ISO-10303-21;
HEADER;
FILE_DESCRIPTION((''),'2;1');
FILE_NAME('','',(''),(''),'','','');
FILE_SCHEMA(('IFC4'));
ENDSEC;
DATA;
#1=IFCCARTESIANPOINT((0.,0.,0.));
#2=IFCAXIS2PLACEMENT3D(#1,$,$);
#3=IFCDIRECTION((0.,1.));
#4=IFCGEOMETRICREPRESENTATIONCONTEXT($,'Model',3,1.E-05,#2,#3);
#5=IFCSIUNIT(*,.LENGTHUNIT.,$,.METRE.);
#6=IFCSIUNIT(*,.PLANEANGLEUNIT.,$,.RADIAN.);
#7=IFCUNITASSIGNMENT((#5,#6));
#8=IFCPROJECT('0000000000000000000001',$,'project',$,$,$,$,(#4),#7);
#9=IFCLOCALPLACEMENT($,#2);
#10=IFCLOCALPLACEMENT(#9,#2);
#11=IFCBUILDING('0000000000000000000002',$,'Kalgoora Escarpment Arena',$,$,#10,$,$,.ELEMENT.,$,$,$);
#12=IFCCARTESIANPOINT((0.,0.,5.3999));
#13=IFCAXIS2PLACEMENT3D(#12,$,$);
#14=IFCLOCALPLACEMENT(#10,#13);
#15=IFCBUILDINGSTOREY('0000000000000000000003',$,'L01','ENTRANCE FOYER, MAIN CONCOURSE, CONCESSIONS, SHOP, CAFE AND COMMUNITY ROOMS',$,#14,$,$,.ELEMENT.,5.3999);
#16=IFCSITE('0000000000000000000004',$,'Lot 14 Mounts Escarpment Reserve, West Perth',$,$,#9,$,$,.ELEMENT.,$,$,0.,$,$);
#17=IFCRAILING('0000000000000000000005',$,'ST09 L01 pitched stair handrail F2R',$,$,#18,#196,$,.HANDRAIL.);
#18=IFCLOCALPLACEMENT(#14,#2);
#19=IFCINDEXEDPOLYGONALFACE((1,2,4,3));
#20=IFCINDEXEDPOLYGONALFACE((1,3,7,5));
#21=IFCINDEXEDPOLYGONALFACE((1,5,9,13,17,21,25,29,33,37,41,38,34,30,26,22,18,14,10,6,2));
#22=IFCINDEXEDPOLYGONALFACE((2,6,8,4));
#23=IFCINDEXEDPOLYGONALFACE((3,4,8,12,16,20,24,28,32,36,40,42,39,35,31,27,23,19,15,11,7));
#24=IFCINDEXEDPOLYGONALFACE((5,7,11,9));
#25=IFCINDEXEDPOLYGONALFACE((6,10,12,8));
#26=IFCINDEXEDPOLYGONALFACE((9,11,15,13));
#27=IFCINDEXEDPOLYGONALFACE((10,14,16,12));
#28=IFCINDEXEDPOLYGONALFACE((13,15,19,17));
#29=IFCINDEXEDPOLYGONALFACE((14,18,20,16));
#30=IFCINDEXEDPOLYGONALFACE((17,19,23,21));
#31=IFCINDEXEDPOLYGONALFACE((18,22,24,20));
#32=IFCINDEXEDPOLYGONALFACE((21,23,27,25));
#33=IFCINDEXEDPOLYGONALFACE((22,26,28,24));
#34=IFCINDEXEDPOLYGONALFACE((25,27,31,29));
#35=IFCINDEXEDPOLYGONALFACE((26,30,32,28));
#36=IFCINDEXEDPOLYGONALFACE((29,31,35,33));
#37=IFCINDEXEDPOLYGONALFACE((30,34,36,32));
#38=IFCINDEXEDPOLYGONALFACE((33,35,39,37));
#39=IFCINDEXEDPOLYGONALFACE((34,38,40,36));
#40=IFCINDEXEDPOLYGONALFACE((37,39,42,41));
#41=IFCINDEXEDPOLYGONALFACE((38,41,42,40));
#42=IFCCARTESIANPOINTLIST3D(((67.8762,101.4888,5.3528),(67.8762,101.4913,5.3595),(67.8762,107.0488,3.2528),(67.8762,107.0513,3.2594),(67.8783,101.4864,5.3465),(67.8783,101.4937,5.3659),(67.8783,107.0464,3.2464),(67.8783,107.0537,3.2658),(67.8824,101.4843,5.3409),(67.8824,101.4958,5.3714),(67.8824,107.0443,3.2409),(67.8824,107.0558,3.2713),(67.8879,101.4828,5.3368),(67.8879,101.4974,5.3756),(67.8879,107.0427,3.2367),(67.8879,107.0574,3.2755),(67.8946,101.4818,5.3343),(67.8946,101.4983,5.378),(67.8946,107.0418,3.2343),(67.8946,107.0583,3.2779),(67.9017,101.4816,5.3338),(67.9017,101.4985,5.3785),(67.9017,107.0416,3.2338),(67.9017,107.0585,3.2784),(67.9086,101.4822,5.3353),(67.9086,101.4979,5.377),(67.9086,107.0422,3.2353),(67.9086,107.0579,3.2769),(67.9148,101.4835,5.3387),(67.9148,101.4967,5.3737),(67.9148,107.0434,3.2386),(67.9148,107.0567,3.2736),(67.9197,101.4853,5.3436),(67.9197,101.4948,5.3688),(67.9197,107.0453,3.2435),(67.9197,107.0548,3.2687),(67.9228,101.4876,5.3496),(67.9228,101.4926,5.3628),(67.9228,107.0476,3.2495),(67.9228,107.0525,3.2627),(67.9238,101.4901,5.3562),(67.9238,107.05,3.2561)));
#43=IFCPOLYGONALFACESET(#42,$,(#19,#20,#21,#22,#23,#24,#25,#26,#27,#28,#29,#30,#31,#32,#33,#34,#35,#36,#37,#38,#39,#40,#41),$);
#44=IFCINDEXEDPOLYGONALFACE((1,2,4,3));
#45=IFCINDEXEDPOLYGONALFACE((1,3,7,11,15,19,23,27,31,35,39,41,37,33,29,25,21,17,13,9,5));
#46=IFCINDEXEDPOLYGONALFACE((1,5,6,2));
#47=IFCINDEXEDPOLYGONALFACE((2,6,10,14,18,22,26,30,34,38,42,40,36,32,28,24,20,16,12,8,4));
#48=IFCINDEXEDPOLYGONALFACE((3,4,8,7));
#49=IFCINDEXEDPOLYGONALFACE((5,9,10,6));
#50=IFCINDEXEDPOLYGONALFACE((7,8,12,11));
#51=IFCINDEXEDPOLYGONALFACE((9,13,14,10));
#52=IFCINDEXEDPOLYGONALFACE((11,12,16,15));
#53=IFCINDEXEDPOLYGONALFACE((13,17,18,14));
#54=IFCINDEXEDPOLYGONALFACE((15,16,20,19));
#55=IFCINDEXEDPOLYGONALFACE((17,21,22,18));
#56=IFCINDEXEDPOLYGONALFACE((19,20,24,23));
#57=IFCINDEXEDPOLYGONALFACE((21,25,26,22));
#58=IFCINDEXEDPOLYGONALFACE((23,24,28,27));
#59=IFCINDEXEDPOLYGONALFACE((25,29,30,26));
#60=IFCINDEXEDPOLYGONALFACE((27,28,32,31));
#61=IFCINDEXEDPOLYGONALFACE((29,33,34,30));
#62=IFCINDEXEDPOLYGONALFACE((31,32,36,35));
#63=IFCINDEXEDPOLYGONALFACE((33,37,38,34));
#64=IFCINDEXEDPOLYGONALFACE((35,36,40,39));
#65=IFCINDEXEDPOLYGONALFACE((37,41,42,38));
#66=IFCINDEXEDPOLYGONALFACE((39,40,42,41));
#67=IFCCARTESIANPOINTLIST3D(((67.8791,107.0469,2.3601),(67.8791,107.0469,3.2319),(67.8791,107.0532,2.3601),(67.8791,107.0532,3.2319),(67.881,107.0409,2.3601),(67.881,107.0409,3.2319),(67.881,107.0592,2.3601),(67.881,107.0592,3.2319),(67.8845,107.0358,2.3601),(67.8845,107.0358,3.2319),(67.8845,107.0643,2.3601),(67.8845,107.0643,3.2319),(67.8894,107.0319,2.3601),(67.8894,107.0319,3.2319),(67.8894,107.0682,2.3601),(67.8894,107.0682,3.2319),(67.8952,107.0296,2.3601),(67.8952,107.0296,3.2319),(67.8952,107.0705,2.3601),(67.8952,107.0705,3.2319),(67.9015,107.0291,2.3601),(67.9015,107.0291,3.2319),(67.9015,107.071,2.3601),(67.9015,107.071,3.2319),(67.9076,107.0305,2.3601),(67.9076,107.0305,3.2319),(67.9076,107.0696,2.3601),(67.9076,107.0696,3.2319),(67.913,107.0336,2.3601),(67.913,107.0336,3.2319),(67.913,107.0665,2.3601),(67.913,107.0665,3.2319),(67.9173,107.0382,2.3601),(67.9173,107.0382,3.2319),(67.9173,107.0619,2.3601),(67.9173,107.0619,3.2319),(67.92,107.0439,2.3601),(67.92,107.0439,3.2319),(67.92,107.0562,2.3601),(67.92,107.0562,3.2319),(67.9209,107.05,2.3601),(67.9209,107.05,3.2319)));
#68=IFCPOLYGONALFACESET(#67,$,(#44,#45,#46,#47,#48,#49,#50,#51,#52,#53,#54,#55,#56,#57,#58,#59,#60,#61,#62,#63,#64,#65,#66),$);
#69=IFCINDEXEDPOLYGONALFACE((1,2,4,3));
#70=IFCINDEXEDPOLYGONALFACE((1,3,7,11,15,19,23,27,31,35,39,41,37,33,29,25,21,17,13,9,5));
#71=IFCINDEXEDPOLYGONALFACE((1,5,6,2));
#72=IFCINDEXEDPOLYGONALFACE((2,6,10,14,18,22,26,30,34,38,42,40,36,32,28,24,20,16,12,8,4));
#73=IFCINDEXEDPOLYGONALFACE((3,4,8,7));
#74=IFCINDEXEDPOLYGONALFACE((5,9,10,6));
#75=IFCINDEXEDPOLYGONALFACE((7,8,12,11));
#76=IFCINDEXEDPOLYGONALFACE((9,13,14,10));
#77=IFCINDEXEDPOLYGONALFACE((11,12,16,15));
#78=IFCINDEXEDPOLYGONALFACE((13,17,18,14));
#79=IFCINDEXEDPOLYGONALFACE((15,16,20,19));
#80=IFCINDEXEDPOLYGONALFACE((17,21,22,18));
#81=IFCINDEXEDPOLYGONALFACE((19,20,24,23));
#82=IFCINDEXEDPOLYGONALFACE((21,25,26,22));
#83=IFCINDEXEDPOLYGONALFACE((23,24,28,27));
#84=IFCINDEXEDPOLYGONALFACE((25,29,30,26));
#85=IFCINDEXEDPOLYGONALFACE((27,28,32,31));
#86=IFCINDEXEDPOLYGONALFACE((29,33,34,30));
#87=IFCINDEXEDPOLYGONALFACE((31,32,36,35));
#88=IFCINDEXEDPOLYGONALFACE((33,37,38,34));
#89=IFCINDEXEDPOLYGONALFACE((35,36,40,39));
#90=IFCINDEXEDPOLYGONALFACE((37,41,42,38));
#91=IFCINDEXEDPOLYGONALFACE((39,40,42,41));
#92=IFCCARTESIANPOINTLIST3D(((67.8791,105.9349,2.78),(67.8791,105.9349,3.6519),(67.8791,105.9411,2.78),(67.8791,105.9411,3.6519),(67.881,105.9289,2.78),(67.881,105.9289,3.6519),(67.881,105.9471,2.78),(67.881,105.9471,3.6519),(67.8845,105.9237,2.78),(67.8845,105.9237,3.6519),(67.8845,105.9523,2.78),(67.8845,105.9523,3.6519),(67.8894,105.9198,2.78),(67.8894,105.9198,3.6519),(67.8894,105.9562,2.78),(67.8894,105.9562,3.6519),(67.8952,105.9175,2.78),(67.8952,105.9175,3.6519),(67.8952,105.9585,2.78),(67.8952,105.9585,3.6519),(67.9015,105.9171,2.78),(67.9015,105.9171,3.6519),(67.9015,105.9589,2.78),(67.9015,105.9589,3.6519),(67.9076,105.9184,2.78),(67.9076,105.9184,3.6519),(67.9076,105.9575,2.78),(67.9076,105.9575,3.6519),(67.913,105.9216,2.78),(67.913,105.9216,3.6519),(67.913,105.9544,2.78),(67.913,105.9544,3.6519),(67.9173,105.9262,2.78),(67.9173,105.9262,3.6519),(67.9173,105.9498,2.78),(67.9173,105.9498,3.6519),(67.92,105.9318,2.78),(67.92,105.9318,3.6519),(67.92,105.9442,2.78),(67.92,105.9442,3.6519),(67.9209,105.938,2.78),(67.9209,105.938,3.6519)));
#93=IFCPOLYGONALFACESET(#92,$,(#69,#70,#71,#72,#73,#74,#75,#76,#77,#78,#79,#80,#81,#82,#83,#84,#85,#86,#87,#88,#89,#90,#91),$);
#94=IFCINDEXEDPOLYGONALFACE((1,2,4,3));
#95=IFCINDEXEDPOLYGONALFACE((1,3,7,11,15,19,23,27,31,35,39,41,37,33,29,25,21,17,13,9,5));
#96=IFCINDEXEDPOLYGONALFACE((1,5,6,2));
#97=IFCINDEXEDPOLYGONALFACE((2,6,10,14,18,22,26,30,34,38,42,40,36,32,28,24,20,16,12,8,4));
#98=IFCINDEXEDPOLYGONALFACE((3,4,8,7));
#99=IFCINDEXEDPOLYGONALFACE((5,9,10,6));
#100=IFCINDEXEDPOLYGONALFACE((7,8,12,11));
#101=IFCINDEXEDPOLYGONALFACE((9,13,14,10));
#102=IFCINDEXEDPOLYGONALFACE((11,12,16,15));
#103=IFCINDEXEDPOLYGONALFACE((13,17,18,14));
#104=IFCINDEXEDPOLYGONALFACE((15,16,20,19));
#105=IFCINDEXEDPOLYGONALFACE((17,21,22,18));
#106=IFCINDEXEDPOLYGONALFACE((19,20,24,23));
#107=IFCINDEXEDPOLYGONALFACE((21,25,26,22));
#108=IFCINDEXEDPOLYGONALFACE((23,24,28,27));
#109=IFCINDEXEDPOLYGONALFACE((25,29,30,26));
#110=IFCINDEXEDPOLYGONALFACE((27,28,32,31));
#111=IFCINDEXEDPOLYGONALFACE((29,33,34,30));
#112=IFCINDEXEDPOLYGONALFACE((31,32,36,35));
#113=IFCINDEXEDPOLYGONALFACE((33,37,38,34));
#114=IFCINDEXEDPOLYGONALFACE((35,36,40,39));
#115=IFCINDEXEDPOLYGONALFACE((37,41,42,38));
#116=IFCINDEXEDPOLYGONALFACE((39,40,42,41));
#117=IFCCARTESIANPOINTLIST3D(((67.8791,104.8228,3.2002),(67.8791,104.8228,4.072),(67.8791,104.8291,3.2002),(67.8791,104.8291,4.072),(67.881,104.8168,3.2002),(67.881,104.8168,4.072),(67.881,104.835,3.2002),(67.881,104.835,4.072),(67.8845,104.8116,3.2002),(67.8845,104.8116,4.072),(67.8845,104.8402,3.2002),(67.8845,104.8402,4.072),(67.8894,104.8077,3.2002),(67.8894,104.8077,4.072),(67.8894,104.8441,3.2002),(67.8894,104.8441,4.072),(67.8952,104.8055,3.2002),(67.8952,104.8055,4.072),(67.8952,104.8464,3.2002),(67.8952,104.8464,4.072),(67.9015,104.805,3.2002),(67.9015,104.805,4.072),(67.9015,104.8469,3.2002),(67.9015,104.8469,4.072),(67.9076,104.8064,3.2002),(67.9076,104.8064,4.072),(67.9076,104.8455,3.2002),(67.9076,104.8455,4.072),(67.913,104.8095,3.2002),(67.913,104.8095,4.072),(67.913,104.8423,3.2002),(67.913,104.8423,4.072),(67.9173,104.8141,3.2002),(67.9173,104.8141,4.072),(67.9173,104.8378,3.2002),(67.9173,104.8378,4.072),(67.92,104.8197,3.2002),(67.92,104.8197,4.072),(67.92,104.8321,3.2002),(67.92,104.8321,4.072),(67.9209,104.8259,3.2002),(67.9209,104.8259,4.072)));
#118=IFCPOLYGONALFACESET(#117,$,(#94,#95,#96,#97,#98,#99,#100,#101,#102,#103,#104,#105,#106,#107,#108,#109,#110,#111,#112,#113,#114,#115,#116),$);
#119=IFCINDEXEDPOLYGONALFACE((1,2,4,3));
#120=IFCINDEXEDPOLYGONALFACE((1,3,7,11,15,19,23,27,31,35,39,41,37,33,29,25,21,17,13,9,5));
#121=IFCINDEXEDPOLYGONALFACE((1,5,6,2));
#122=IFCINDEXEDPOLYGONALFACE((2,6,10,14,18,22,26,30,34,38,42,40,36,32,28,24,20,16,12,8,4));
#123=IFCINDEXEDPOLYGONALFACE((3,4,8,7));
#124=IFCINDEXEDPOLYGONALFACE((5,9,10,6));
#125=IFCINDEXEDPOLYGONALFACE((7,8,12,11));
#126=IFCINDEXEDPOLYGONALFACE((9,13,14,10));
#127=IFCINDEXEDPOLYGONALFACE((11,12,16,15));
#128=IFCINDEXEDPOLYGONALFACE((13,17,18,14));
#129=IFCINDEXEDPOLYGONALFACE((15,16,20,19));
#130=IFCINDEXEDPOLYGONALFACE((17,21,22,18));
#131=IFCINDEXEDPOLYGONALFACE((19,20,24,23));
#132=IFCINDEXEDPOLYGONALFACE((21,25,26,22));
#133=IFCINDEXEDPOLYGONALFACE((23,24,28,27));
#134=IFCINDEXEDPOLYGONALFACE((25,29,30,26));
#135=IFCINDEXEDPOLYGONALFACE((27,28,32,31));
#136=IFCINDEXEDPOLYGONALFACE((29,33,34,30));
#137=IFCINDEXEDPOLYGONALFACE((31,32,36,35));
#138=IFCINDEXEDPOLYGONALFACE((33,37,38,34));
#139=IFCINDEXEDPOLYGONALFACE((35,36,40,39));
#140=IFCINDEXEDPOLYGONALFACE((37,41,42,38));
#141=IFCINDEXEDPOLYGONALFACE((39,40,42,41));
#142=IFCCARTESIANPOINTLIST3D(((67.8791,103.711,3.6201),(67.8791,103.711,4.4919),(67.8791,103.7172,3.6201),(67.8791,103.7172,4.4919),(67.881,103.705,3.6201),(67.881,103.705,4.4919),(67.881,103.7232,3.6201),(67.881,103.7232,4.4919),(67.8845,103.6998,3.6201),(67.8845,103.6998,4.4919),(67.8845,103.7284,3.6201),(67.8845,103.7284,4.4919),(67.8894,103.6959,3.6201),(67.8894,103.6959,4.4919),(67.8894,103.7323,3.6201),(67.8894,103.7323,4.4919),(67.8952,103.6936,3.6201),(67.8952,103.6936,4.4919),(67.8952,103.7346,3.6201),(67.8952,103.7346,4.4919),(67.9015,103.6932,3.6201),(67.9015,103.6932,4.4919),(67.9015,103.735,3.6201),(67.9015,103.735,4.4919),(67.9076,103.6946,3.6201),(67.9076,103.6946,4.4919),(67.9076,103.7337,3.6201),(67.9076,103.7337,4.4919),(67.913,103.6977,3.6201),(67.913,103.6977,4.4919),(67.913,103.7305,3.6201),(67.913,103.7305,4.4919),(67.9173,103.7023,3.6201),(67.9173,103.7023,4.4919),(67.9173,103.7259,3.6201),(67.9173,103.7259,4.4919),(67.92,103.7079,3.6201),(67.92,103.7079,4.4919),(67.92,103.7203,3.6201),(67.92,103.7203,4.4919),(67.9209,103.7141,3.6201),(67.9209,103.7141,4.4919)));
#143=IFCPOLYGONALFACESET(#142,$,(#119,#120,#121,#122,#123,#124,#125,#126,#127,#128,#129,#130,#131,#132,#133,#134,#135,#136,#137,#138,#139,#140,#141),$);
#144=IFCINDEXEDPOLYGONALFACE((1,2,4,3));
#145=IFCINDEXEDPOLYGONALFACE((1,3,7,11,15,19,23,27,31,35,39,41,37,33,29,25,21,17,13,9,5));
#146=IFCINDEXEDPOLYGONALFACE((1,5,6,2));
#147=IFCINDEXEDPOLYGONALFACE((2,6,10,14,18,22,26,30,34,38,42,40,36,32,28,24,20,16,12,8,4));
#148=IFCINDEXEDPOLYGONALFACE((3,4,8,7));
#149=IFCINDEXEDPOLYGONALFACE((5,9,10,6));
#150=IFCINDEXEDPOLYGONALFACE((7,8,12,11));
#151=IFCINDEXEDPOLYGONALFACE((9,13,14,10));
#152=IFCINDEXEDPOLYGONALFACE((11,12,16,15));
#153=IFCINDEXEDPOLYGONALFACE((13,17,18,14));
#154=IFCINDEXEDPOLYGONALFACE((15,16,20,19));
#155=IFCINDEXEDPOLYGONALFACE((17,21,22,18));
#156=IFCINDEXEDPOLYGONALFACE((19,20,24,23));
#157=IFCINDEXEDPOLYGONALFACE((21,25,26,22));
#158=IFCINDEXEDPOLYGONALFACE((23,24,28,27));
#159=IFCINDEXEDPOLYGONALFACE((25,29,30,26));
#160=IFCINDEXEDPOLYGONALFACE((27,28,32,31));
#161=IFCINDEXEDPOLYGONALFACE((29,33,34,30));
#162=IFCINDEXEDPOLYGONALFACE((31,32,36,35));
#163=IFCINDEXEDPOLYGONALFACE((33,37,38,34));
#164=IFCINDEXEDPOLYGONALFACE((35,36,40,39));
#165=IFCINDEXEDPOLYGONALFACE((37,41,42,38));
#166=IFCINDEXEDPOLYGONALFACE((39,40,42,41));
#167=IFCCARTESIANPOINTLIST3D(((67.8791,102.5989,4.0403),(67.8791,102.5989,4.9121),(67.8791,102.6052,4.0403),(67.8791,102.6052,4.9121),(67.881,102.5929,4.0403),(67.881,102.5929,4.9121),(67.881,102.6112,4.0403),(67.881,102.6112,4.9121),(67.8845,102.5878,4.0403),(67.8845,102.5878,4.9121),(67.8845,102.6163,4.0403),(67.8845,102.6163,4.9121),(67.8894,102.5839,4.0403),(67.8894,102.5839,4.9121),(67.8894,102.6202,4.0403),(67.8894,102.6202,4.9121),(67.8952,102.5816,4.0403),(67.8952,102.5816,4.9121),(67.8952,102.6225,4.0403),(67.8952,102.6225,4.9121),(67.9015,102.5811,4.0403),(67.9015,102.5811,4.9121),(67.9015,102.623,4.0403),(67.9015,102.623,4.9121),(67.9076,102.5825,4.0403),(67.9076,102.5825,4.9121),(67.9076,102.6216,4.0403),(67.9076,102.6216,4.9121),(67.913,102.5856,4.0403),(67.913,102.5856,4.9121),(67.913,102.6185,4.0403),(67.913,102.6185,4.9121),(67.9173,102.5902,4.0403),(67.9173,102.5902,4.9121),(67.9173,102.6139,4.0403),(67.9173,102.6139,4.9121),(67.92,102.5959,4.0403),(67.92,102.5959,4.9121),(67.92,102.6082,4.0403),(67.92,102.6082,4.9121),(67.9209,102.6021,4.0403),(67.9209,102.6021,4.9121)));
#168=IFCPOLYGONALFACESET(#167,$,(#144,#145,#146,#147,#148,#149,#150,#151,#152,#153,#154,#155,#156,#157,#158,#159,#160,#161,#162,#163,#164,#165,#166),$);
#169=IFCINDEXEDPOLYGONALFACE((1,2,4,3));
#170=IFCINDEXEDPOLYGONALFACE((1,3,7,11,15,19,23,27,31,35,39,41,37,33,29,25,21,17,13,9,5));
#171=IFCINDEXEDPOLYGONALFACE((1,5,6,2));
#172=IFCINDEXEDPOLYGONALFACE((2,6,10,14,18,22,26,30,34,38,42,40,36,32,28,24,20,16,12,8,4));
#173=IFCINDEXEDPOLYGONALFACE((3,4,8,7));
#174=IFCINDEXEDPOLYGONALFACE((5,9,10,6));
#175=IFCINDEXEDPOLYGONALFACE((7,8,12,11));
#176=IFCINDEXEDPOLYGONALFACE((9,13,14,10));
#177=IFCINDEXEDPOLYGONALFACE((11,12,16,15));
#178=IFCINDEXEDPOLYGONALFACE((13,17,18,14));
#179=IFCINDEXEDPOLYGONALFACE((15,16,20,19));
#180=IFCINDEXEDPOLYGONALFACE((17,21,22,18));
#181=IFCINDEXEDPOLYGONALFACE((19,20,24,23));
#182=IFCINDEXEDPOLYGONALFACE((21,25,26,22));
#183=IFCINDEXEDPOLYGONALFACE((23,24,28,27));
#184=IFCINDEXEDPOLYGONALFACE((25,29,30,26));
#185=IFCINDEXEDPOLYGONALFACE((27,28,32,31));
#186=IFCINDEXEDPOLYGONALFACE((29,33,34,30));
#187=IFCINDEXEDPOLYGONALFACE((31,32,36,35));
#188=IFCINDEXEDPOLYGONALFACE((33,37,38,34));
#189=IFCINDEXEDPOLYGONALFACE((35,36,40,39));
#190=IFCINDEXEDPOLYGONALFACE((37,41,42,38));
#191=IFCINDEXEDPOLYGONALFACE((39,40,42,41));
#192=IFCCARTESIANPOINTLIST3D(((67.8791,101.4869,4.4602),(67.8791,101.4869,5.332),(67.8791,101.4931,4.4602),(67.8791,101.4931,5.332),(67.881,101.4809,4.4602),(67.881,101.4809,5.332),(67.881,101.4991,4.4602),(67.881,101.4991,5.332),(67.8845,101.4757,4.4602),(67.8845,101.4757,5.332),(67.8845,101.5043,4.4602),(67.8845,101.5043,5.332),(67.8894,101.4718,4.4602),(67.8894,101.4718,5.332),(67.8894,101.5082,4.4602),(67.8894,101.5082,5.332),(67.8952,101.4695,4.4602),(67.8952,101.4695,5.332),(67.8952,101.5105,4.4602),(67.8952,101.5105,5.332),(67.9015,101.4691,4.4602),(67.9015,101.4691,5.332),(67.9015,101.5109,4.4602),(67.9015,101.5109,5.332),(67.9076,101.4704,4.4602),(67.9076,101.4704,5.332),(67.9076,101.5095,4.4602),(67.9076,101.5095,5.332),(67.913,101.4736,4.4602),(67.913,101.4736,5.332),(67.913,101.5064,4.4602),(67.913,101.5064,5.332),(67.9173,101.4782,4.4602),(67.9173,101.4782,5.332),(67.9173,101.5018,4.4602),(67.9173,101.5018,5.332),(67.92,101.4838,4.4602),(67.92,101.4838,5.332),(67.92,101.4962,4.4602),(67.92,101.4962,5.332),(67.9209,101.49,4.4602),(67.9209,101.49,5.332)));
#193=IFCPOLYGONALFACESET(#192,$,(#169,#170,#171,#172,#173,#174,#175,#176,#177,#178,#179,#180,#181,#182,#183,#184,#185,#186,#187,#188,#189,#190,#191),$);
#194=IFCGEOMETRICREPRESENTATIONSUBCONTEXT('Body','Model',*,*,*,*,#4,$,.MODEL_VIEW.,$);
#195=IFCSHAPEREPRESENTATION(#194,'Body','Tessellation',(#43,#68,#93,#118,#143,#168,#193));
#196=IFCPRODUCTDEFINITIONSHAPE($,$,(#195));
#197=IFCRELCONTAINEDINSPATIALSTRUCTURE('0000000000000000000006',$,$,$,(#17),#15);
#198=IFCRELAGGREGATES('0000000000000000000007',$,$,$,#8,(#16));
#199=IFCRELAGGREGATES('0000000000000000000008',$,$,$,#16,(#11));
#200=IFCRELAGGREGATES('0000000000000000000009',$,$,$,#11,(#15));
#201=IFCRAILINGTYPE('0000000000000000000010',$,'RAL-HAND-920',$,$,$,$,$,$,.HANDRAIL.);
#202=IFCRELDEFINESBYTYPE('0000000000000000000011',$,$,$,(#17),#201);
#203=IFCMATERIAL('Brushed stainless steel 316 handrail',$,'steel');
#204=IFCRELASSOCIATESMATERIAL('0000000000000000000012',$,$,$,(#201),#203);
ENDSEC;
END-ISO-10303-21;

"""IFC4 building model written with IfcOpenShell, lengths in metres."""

from ifc_helpers import new_model, si_unit, direction, frame, origin, origin_2d, place, context, subcontext, project, spatial, circle, extrude, material, type_object, element, save


model = new_model("IFC4")

# Units and contexts
model_context = context("Model", 3, precision=1e-05, world=origin(), true_north=direction((0.0, 1.0)))
body_context = subcontext(model_context, "Body", "Model", "MODEL_VIEW")
ifc_project = project(units=[si_unit("LENGTHUNIT", "METRE"), si_unit("PLANEANGLEUNIT", "RADIAN")], contexts=[model_context])

# Site, building, storey
site_placement = place(None, origin())
site = spatial("IfcSite", under=ifc_project, at=site_placement, Name="Lot 14 Mounts Escarpment Reserve, West Perth", CompositionType="ELEMENT", RefElevation=0.0)
building_placement = place(site_placement, origin())
building = spatial("IfcBuilding", under=site, at=building_placement, Name="Kalgoora Escarpment Arena", CompositionType="ELEMENT")
storey_placement = place(building_placement, frame((0.0, 0.0, 5.3999)))
storey = spatial("IfcBuildingStorey", under=building, at=storey_placement, Name="L01", Description="ENTRANCE FOYER, MAIN CONCOURSE, CONCESSIONS, SHOP, CAFE AND COMMUNITY ROOMS", CompositionType="ELEMENT", Elevation=5.3999)

# Railing
ifc_material_1 = material(Name="Brushed stainless steel 316 handrail", Category="steel")
railing_type_1 = type_object("IfcRailingType", Name="RAL-HAND-920", PredefinedType="HANDRAIL", material=ifc_material_1)
railing_1_placement = place(storey_placement, frame((67.8999, 107.05, 2.3601)))
element("IfcRailing", 1, at=railing_1_placement, inside=storey, type_object=railing_type_1, Name="ST09 L01 pitched stair handrail F2R", PredefinedType="HANDRAIL", context=body_context, shape_type="SweptSolid", body=[
    extrude(circle(Radius=0.0239, at=origin_2d()), frame((0.0, 0.0, 0.896), z_axis=(0.0, -0.935493, 0.353346), x_axis=(1.0, 0.0, 0.0)), (0.0, 0.0, 1.0), 5.9434),
    extrude(circle(Radius=0.021, at=origin_2d()), origin(), (0.0, 0.0, 1.0), 0.8718),
    extrude(circle(Radius=0.021, at=origin_2d()), frame((0.0, -1.1121, 0.4199)), (0.0, 0.0, 1.0), 0.8718),
    extrude(circle(Radius=0.021, at=origin_2d()), frame((0.0, -2.2241, 0.8401)), (0.0, 0.0, 1.0), 0.8718),
    extrude(circle(Radius=0.021, at=origin_2d()), frame((0.0, -3.3359, 1.26)), (0.0, 0.0, 1.0), 0.8718),
    extrude(circle(Radius=0.021, at=origin_2d()), frame((0.0, -4.448, 1.6802)), (0.0, 0.0, 1.0), 0.8718),
    extrude(circle(Radius=0.021, at=origin_2d()), frame((0.0, -5.5601, 2.1001)), (0.0, 0.0, 1.0), 0.8718),
])

save(model, "model.ifc")
